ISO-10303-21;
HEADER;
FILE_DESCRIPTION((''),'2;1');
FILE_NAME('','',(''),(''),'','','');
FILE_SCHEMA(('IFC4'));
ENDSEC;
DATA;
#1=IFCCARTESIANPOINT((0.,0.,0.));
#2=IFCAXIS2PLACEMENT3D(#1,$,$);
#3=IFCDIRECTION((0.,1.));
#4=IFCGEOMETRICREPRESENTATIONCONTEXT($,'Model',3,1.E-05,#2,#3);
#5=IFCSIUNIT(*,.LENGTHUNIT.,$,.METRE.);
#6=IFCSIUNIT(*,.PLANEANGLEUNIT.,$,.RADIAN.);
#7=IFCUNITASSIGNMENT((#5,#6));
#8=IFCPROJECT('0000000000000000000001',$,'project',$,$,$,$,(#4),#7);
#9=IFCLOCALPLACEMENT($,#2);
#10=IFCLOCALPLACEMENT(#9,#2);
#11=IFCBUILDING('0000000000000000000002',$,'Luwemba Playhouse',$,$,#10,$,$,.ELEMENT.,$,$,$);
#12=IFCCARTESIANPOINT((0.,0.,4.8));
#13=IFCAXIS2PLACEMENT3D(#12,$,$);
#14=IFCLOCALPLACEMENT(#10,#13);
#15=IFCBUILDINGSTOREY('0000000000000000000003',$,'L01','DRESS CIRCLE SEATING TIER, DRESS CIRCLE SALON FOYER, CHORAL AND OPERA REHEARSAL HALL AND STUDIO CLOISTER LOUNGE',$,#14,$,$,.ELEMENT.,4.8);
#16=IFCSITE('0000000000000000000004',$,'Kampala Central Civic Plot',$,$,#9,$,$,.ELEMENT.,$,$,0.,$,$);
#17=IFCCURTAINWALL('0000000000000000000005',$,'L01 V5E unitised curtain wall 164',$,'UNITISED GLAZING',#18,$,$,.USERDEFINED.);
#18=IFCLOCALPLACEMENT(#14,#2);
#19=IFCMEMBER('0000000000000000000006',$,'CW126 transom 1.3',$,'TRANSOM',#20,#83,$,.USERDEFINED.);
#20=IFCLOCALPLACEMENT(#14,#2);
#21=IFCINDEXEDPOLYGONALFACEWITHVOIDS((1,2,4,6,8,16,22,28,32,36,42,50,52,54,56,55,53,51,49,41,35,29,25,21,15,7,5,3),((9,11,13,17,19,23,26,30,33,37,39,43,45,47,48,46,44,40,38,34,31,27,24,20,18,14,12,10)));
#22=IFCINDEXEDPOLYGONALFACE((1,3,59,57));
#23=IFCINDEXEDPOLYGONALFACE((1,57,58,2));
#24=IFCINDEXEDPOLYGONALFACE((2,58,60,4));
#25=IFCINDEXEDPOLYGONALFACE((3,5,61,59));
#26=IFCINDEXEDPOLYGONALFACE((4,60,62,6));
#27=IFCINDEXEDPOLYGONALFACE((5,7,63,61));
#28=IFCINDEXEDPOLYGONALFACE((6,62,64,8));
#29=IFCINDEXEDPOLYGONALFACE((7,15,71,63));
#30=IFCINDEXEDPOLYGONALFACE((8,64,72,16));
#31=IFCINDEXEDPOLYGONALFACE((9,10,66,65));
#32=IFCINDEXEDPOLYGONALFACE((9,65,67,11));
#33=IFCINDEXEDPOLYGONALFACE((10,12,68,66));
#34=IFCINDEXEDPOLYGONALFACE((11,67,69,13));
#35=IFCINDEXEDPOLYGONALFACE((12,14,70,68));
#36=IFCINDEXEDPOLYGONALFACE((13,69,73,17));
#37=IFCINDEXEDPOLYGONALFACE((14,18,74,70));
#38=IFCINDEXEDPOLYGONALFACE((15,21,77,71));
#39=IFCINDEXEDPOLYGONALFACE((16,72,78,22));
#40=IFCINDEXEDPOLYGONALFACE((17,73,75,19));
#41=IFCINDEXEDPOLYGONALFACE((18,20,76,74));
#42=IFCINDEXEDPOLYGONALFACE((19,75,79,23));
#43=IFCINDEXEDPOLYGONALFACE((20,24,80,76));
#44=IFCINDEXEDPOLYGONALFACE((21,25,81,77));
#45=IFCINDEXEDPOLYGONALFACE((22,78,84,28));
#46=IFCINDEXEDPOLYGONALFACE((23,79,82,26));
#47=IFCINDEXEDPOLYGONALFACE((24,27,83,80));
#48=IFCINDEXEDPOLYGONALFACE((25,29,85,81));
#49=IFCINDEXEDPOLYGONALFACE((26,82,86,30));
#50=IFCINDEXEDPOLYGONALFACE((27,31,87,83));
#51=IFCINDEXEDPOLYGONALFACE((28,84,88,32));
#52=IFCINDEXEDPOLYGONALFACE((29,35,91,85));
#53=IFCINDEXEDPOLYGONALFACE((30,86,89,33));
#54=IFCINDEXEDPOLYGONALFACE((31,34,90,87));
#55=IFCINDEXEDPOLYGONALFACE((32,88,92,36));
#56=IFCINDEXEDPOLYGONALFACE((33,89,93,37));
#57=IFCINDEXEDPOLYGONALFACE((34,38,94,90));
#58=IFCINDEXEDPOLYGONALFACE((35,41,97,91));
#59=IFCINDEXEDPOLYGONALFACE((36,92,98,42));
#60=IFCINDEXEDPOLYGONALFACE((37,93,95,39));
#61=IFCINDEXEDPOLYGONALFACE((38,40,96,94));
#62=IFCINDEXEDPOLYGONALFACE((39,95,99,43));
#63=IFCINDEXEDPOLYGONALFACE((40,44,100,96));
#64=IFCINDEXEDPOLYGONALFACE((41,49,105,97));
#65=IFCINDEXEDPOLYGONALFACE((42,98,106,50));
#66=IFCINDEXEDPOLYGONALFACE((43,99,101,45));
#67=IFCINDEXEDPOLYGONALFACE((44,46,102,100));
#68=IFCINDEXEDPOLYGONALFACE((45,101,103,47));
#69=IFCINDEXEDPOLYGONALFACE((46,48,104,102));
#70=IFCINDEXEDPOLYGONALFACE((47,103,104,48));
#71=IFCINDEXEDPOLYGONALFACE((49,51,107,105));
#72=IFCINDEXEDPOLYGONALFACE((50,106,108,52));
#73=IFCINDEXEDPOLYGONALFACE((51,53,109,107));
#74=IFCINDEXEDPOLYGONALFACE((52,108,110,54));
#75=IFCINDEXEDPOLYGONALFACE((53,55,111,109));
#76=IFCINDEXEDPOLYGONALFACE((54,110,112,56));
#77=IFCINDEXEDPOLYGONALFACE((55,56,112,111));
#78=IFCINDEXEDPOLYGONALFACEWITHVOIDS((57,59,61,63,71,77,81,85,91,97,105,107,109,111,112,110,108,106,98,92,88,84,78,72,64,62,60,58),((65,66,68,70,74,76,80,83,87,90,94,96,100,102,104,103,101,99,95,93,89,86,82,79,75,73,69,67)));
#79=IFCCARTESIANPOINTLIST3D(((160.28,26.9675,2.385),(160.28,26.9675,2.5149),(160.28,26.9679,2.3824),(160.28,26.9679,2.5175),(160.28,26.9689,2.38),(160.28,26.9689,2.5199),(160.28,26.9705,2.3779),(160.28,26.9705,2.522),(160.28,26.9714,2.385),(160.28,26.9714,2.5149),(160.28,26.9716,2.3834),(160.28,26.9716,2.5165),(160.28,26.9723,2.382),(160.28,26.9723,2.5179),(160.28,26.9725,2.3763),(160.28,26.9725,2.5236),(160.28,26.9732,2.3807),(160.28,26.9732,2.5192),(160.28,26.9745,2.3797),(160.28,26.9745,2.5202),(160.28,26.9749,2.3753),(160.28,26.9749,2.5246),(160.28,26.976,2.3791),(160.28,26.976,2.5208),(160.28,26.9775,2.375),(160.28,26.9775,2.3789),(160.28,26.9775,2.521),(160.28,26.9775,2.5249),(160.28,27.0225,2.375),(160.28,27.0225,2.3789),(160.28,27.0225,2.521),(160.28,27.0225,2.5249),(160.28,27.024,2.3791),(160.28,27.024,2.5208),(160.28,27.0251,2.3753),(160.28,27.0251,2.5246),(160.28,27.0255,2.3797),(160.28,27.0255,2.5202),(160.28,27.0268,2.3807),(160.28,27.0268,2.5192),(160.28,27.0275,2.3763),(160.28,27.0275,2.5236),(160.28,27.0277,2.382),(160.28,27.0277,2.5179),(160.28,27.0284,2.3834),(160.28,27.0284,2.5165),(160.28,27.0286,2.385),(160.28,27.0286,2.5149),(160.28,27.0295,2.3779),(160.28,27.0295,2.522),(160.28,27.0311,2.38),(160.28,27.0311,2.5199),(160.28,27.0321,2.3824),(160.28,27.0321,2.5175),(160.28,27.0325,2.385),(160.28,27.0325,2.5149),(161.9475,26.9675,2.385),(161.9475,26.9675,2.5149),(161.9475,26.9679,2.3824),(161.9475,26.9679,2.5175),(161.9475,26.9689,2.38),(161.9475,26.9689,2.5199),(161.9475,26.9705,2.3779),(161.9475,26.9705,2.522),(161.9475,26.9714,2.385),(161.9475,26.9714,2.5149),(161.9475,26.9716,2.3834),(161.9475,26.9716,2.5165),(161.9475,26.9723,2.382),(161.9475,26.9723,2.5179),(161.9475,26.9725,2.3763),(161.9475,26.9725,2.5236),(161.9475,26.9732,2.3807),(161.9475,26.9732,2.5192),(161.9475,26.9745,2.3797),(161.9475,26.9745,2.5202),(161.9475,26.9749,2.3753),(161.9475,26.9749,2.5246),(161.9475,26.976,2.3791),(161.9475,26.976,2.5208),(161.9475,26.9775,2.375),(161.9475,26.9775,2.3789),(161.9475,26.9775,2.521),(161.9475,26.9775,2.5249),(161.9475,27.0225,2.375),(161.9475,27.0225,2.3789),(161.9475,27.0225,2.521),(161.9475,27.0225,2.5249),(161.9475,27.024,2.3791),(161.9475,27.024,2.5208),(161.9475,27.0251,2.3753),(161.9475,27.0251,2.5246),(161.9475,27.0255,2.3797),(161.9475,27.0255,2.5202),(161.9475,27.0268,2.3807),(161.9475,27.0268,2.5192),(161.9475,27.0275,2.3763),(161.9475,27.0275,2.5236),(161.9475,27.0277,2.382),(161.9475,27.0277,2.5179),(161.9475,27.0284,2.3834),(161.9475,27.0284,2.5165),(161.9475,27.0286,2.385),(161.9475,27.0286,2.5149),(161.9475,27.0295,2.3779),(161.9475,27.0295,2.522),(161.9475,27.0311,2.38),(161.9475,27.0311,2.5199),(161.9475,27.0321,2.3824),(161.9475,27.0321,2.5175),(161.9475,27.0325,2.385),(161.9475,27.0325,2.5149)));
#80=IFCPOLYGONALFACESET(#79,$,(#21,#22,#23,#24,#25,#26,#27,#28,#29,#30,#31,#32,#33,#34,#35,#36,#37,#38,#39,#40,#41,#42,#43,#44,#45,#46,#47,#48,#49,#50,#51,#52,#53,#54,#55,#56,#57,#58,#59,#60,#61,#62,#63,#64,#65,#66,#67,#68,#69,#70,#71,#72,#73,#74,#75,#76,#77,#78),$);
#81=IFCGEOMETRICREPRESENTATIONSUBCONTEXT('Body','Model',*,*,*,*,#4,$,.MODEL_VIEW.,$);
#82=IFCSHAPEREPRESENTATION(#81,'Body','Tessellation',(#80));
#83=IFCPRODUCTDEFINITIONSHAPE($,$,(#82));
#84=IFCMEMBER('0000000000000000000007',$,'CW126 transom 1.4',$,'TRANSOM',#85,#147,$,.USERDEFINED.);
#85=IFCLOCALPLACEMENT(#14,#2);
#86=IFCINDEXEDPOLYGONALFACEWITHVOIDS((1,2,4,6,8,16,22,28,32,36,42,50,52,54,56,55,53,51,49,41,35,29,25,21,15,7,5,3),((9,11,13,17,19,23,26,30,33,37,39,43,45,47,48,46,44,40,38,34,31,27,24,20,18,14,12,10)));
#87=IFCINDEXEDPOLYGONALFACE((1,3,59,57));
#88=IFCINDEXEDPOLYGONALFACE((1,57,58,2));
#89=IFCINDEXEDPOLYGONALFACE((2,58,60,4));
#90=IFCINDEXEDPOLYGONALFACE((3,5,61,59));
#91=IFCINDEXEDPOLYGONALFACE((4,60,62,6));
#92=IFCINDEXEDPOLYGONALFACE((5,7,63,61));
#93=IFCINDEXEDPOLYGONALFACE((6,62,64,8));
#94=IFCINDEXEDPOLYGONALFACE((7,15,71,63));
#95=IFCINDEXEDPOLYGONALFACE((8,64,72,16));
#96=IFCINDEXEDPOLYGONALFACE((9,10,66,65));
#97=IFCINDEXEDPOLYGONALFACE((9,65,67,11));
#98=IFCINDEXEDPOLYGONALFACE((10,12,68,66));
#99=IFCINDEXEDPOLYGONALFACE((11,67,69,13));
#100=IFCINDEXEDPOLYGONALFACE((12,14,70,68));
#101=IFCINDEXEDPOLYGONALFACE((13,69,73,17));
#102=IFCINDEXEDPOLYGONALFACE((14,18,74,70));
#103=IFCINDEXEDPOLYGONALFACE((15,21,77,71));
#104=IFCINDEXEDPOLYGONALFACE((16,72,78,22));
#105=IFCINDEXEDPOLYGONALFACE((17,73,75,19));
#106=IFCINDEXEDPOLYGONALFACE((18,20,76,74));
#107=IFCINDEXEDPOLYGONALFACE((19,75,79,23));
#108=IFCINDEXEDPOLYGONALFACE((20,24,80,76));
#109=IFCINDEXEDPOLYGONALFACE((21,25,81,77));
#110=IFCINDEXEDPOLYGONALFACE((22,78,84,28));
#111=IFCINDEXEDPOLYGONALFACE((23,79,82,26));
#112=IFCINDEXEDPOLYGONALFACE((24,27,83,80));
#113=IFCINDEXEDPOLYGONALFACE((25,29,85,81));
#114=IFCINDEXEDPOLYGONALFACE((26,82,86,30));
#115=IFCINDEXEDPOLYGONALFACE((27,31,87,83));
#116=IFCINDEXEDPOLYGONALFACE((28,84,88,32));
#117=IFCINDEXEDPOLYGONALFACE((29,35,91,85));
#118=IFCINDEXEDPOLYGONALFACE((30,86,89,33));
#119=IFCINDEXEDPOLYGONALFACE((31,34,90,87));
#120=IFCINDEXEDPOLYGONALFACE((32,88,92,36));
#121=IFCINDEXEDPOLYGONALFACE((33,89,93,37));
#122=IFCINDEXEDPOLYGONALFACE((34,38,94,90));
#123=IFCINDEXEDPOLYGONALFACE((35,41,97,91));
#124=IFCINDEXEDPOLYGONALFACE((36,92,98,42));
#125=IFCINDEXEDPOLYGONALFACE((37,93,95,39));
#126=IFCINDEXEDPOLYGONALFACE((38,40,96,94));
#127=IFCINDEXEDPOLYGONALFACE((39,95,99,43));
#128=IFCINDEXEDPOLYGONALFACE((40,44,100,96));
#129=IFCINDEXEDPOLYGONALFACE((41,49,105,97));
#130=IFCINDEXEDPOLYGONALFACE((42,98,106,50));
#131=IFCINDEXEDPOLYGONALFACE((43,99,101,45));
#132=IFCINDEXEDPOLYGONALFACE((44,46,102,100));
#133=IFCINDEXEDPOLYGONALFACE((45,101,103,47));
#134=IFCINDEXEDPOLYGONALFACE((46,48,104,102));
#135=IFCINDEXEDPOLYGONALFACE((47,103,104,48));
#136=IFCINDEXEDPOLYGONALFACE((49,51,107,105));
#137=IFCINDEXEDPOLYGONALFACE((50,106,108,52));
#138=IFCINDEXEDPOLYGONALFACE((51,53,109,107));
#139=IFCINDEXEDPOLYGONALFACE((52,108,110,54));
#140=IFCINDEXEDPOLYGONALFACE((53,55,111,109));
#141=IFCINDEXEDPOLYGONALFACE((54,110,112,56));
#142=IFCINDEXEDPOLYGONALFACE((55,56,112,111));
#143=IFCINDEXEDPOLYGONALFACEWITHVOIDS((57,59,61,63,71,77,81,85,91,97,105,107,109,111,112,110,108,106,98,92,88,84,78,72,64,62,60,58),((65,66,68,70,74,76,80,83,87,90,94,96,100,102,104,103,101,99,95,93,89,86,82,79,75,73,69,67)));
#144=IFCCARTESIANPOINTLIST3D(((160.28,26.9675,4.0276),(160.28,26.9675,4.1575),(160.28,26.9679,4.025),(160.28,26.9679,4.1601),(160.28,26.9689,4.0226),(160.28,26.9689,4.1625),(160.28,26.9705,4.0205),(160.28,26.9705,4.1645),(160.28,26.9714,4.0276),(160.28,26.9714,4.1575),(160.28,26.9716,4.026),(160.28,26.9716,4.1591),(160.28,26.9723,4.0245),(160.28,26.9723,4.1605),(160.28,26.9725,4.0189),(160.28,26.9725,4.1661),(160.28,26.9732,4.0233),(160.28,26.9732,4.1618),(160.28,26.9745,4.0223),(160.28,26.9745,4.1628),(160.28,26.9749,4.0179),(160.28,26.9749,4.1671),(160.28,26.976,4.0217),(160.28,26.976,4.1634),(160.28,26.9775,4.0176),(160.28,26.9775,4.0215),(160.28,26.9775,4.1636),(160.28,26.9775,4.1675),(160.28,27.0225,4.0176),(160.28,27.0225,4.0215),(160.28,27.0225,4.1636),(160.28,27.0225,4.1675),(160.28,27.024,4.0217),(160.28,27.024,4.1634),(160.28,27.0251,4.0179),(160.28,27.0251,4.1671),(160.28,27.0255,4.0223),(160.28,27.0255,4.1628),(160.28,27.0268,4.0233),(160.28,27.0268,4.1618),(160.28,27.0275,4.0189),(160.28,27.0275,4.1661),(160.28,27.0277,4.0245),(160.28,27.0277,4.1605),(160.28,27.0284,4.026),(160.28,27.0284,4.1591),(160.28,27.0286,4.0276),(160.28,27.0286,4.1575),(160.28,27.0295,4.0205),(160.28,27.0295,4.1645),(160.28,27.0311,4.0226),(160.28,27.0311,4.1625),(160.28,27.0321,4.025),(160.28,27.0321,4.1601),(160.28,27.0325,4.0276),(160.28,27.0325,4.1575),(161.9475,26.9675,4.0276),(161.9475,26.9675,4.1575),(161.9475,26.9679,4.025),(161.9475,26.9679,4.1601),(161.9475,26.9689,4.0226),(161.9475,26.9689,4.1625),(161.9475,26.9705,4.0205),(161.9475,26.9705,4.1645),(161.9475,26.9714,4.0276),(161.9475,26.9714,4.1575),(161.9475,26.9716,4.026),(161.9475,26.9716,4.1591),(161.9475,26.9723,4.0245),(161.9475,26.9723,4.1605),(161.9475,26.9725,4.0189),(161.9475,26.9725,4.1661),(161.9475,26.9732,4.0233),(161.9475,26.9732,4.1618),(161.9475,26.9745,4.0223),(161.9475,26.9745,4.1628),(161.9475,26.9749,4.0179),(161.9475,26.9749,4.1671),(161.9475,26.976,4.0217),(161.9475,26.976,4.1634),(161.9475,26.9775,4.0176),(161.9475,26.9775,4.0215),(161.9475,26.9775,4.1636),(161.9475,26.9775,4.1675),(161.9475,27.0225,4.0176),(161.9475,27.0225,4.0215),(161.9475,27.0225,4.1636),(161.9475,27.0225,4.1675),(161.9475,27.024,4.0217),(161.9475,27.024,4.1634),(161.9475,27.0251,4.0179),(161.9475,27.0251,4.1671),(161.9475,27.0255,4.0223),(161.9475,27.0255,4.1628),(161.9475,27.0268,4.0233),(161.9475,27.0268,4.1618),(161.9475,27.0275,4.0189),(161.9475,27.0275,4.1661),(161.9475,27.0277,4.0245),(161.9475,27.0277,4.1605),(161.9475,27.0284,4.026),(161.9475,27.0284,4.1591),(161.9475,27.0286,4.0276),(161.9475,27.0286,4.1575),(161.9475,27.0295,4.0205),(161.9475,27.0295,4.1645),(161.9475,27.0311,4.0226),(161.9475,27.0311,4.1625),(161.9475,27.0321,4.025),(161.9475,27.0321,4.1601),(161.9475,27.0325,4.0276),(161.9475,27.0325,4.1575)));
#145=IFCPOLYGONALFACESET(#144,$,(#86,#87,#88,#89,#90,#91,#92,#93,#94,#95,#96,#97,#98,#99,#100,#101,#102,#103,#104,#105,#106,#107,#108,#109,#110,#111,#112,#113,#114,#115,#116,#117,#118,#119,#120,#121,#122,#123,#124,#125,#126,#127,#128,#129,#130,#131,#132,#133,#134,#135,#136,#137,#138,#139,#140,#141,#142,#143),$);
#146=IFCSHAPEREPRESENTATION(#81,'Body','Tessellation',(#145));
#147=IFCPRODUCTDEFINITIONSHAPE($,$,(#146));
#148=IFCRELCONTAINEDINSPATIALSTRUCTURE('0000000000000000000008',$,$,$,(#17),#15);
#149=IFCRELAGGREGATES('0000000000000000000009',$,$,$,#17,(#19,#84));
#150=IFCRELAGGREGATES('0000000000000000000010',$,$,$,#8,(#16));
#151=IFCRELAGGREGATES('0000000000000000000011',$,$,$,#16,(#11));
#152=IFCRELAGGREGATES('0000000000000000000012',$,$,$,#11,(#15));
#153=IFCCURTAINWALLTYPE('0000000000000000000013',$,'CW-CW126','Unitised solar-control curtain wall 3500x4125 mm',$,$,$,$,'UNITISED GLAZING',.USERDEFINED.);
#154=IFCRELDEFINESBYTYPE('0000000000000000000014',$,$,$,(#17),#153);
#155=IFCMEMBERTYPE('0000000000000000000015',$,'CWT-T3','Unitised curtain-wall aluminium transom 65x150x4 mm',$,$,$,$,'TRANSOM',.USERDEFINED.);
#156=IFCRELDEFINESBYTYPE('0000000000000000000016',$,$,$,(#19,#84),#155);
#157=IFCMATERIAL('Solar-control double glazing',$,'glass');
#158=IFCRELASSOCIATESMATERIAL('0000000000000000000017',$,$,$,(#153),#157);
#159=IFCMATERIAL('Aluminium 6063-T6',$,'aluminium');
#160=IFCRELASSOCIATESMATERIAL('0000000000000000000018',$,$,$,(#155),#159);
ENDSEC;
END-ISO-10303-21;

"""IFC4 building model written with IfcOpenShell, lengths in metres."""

from ifc_helpers import new_model, si_unit, direction, frame, origin, origin_2d, place, context, subcontext, project, spatial, hollow_rectangle, extrude, material, material_profile, profile_set, type_object, element, aggregate, save


model = new_model("IFC4")

# Units and contexts
model_context = context("Model", 3, precision=1e-05, world=origin(), true_north=direction((0.0, 1.0)))
body_context = subcontext(model_context, "Body", "Model", "MODEL_VIEW")
ifc_project = project(units=[si_unit("LENGTHUNIT", "METRE"), si_unit("PLANEANGLEUNIT", "RADIAN")], contexts=[model_context])

# Site, building, storey
site_placement = place(None, origin())
site = spatial("IfcSite", under=ifc_project, at=site_placement, Name="Kampala Central Civic Plot", CompositionType="ELEMENT", RefElevation=0.0)
building_placement = place(site_placement, origin())
building = spatial("IfcBuilding", under=site, at=building_placement, Name="Luwemba Playhouse", CompositionType="ELEMENT")
storey_placement = place(building_placement, frame((0.0, 0.0, 4.8)))
storey = spatial("IfcBuildingStorey", under=building, at=storey_placement, Name="L01", Description="DRESS CIRCLE SEATING TIER, DRESS CIRCLE SALON FOYER, CHORAL AND OPERA REHEARSAL HALL AND STUDIO CLOISTER LOUNGE", CompositionType="ELEMENT", Elevation=4.8)

# Shared definitions
ifc_material_1 = material(Name="Solar-control double glazing", Category="glass")
ifc_material_2 = material(Name="Aluminium 6063-T6", Category="aluminium")

# Curtain wall
curtain_wall_type_1 = type_object("IfcCurtainWallType", Name="CW-CW126", Description="Unitised solar-control curtain wall 3500x4125 mm", ElementType="UNITISED GLAZING", PredefinedType="USERDEFINED", material=ifc_material_1)
curtain_wall_1_placement = place(storey_placement, origin())
curtain_wall_1 = element("IfcCurtainWall", 1, at=curtain_wall_1_placement, inside=storey, type_object=curtain_wall_type_1, Name="L01 V5E unitised curtain wall 164", ObjectType="UNITISED GLAZING", PredefinedType="USERDEFINED")

# Members
ifc_material_profile_1 = material_profile(ifc_material_2, hollow_rectangle(XDim=0.0649, YDim=0.1499, WallThickness=0.0039, InnerFilletRadius=0.0061, OuterFilletRadius=0.01, at=origin_2d()))
ifc_profile_set_1 = profile_set([ifc_material_profile_1], Name="Aluminium 6063-T6")
member_type_1 = type_object("IfcMemberType", Name="CWT-T3", Description="Unitised curtain-wall aluminium transom 65x150x4 mm", ElementType="TRANSOM", PredefinedType="USERDEFINED", material=ifc_profile_set_1)
member_1_placement = place(storey_placement, frame((160.28, 27.0, 2.45), z_axis=(1.0, 0.0, 0.0), x_axis=(0.0, 1.0, 0.0)))
member_1 = element("IfcMember", 2, at=member_1_placement, type_object=member_type_1, Name="CW126 transom 1.3", ObjectType="TRANSOM", PredefinedType="USERDEFINED", context=body_context, shape_type="SweptSolid", body=[
    extrude(hollow_rectangle(XDim=0.0649, YDim=0.1499, WallThickness=0.0039, InnerFilletRadius=0.0061, OuterFilletRadius=0.01, at=origin_2d()), origin(), (0.0, 0.0, 1.0), 1.6675),
])
member_2_placement = place(storey_placement, frame((160.28, 27.0, 4.0925), z_axis=(1.0, 0.0, 0.0), x_axis=(0.0, 1.0, 0.0)))
member_2 = element("IfcMember", 3, at=member_2_placement, type_object=member_type_1, Name="CW126 transom 1.4", ObjectType="TRANSOM", PredefinedType="USERDEFINED", context=body_context, shape_type="SweptSolid", body=[
    extrude(hollow_rectangle(XDim=0.0649, YDim=0.1499, WallThickness=0.0039, InnerFilletRadius=0.0061, OuterFilletRadius=0.01, at=origin_2d()), origin(), (0.0, 0.0, 1.0), 1.6675),
])

aggregate(curtain_wall_1, [member_1, member_2])

save(model, "model.ifc")
